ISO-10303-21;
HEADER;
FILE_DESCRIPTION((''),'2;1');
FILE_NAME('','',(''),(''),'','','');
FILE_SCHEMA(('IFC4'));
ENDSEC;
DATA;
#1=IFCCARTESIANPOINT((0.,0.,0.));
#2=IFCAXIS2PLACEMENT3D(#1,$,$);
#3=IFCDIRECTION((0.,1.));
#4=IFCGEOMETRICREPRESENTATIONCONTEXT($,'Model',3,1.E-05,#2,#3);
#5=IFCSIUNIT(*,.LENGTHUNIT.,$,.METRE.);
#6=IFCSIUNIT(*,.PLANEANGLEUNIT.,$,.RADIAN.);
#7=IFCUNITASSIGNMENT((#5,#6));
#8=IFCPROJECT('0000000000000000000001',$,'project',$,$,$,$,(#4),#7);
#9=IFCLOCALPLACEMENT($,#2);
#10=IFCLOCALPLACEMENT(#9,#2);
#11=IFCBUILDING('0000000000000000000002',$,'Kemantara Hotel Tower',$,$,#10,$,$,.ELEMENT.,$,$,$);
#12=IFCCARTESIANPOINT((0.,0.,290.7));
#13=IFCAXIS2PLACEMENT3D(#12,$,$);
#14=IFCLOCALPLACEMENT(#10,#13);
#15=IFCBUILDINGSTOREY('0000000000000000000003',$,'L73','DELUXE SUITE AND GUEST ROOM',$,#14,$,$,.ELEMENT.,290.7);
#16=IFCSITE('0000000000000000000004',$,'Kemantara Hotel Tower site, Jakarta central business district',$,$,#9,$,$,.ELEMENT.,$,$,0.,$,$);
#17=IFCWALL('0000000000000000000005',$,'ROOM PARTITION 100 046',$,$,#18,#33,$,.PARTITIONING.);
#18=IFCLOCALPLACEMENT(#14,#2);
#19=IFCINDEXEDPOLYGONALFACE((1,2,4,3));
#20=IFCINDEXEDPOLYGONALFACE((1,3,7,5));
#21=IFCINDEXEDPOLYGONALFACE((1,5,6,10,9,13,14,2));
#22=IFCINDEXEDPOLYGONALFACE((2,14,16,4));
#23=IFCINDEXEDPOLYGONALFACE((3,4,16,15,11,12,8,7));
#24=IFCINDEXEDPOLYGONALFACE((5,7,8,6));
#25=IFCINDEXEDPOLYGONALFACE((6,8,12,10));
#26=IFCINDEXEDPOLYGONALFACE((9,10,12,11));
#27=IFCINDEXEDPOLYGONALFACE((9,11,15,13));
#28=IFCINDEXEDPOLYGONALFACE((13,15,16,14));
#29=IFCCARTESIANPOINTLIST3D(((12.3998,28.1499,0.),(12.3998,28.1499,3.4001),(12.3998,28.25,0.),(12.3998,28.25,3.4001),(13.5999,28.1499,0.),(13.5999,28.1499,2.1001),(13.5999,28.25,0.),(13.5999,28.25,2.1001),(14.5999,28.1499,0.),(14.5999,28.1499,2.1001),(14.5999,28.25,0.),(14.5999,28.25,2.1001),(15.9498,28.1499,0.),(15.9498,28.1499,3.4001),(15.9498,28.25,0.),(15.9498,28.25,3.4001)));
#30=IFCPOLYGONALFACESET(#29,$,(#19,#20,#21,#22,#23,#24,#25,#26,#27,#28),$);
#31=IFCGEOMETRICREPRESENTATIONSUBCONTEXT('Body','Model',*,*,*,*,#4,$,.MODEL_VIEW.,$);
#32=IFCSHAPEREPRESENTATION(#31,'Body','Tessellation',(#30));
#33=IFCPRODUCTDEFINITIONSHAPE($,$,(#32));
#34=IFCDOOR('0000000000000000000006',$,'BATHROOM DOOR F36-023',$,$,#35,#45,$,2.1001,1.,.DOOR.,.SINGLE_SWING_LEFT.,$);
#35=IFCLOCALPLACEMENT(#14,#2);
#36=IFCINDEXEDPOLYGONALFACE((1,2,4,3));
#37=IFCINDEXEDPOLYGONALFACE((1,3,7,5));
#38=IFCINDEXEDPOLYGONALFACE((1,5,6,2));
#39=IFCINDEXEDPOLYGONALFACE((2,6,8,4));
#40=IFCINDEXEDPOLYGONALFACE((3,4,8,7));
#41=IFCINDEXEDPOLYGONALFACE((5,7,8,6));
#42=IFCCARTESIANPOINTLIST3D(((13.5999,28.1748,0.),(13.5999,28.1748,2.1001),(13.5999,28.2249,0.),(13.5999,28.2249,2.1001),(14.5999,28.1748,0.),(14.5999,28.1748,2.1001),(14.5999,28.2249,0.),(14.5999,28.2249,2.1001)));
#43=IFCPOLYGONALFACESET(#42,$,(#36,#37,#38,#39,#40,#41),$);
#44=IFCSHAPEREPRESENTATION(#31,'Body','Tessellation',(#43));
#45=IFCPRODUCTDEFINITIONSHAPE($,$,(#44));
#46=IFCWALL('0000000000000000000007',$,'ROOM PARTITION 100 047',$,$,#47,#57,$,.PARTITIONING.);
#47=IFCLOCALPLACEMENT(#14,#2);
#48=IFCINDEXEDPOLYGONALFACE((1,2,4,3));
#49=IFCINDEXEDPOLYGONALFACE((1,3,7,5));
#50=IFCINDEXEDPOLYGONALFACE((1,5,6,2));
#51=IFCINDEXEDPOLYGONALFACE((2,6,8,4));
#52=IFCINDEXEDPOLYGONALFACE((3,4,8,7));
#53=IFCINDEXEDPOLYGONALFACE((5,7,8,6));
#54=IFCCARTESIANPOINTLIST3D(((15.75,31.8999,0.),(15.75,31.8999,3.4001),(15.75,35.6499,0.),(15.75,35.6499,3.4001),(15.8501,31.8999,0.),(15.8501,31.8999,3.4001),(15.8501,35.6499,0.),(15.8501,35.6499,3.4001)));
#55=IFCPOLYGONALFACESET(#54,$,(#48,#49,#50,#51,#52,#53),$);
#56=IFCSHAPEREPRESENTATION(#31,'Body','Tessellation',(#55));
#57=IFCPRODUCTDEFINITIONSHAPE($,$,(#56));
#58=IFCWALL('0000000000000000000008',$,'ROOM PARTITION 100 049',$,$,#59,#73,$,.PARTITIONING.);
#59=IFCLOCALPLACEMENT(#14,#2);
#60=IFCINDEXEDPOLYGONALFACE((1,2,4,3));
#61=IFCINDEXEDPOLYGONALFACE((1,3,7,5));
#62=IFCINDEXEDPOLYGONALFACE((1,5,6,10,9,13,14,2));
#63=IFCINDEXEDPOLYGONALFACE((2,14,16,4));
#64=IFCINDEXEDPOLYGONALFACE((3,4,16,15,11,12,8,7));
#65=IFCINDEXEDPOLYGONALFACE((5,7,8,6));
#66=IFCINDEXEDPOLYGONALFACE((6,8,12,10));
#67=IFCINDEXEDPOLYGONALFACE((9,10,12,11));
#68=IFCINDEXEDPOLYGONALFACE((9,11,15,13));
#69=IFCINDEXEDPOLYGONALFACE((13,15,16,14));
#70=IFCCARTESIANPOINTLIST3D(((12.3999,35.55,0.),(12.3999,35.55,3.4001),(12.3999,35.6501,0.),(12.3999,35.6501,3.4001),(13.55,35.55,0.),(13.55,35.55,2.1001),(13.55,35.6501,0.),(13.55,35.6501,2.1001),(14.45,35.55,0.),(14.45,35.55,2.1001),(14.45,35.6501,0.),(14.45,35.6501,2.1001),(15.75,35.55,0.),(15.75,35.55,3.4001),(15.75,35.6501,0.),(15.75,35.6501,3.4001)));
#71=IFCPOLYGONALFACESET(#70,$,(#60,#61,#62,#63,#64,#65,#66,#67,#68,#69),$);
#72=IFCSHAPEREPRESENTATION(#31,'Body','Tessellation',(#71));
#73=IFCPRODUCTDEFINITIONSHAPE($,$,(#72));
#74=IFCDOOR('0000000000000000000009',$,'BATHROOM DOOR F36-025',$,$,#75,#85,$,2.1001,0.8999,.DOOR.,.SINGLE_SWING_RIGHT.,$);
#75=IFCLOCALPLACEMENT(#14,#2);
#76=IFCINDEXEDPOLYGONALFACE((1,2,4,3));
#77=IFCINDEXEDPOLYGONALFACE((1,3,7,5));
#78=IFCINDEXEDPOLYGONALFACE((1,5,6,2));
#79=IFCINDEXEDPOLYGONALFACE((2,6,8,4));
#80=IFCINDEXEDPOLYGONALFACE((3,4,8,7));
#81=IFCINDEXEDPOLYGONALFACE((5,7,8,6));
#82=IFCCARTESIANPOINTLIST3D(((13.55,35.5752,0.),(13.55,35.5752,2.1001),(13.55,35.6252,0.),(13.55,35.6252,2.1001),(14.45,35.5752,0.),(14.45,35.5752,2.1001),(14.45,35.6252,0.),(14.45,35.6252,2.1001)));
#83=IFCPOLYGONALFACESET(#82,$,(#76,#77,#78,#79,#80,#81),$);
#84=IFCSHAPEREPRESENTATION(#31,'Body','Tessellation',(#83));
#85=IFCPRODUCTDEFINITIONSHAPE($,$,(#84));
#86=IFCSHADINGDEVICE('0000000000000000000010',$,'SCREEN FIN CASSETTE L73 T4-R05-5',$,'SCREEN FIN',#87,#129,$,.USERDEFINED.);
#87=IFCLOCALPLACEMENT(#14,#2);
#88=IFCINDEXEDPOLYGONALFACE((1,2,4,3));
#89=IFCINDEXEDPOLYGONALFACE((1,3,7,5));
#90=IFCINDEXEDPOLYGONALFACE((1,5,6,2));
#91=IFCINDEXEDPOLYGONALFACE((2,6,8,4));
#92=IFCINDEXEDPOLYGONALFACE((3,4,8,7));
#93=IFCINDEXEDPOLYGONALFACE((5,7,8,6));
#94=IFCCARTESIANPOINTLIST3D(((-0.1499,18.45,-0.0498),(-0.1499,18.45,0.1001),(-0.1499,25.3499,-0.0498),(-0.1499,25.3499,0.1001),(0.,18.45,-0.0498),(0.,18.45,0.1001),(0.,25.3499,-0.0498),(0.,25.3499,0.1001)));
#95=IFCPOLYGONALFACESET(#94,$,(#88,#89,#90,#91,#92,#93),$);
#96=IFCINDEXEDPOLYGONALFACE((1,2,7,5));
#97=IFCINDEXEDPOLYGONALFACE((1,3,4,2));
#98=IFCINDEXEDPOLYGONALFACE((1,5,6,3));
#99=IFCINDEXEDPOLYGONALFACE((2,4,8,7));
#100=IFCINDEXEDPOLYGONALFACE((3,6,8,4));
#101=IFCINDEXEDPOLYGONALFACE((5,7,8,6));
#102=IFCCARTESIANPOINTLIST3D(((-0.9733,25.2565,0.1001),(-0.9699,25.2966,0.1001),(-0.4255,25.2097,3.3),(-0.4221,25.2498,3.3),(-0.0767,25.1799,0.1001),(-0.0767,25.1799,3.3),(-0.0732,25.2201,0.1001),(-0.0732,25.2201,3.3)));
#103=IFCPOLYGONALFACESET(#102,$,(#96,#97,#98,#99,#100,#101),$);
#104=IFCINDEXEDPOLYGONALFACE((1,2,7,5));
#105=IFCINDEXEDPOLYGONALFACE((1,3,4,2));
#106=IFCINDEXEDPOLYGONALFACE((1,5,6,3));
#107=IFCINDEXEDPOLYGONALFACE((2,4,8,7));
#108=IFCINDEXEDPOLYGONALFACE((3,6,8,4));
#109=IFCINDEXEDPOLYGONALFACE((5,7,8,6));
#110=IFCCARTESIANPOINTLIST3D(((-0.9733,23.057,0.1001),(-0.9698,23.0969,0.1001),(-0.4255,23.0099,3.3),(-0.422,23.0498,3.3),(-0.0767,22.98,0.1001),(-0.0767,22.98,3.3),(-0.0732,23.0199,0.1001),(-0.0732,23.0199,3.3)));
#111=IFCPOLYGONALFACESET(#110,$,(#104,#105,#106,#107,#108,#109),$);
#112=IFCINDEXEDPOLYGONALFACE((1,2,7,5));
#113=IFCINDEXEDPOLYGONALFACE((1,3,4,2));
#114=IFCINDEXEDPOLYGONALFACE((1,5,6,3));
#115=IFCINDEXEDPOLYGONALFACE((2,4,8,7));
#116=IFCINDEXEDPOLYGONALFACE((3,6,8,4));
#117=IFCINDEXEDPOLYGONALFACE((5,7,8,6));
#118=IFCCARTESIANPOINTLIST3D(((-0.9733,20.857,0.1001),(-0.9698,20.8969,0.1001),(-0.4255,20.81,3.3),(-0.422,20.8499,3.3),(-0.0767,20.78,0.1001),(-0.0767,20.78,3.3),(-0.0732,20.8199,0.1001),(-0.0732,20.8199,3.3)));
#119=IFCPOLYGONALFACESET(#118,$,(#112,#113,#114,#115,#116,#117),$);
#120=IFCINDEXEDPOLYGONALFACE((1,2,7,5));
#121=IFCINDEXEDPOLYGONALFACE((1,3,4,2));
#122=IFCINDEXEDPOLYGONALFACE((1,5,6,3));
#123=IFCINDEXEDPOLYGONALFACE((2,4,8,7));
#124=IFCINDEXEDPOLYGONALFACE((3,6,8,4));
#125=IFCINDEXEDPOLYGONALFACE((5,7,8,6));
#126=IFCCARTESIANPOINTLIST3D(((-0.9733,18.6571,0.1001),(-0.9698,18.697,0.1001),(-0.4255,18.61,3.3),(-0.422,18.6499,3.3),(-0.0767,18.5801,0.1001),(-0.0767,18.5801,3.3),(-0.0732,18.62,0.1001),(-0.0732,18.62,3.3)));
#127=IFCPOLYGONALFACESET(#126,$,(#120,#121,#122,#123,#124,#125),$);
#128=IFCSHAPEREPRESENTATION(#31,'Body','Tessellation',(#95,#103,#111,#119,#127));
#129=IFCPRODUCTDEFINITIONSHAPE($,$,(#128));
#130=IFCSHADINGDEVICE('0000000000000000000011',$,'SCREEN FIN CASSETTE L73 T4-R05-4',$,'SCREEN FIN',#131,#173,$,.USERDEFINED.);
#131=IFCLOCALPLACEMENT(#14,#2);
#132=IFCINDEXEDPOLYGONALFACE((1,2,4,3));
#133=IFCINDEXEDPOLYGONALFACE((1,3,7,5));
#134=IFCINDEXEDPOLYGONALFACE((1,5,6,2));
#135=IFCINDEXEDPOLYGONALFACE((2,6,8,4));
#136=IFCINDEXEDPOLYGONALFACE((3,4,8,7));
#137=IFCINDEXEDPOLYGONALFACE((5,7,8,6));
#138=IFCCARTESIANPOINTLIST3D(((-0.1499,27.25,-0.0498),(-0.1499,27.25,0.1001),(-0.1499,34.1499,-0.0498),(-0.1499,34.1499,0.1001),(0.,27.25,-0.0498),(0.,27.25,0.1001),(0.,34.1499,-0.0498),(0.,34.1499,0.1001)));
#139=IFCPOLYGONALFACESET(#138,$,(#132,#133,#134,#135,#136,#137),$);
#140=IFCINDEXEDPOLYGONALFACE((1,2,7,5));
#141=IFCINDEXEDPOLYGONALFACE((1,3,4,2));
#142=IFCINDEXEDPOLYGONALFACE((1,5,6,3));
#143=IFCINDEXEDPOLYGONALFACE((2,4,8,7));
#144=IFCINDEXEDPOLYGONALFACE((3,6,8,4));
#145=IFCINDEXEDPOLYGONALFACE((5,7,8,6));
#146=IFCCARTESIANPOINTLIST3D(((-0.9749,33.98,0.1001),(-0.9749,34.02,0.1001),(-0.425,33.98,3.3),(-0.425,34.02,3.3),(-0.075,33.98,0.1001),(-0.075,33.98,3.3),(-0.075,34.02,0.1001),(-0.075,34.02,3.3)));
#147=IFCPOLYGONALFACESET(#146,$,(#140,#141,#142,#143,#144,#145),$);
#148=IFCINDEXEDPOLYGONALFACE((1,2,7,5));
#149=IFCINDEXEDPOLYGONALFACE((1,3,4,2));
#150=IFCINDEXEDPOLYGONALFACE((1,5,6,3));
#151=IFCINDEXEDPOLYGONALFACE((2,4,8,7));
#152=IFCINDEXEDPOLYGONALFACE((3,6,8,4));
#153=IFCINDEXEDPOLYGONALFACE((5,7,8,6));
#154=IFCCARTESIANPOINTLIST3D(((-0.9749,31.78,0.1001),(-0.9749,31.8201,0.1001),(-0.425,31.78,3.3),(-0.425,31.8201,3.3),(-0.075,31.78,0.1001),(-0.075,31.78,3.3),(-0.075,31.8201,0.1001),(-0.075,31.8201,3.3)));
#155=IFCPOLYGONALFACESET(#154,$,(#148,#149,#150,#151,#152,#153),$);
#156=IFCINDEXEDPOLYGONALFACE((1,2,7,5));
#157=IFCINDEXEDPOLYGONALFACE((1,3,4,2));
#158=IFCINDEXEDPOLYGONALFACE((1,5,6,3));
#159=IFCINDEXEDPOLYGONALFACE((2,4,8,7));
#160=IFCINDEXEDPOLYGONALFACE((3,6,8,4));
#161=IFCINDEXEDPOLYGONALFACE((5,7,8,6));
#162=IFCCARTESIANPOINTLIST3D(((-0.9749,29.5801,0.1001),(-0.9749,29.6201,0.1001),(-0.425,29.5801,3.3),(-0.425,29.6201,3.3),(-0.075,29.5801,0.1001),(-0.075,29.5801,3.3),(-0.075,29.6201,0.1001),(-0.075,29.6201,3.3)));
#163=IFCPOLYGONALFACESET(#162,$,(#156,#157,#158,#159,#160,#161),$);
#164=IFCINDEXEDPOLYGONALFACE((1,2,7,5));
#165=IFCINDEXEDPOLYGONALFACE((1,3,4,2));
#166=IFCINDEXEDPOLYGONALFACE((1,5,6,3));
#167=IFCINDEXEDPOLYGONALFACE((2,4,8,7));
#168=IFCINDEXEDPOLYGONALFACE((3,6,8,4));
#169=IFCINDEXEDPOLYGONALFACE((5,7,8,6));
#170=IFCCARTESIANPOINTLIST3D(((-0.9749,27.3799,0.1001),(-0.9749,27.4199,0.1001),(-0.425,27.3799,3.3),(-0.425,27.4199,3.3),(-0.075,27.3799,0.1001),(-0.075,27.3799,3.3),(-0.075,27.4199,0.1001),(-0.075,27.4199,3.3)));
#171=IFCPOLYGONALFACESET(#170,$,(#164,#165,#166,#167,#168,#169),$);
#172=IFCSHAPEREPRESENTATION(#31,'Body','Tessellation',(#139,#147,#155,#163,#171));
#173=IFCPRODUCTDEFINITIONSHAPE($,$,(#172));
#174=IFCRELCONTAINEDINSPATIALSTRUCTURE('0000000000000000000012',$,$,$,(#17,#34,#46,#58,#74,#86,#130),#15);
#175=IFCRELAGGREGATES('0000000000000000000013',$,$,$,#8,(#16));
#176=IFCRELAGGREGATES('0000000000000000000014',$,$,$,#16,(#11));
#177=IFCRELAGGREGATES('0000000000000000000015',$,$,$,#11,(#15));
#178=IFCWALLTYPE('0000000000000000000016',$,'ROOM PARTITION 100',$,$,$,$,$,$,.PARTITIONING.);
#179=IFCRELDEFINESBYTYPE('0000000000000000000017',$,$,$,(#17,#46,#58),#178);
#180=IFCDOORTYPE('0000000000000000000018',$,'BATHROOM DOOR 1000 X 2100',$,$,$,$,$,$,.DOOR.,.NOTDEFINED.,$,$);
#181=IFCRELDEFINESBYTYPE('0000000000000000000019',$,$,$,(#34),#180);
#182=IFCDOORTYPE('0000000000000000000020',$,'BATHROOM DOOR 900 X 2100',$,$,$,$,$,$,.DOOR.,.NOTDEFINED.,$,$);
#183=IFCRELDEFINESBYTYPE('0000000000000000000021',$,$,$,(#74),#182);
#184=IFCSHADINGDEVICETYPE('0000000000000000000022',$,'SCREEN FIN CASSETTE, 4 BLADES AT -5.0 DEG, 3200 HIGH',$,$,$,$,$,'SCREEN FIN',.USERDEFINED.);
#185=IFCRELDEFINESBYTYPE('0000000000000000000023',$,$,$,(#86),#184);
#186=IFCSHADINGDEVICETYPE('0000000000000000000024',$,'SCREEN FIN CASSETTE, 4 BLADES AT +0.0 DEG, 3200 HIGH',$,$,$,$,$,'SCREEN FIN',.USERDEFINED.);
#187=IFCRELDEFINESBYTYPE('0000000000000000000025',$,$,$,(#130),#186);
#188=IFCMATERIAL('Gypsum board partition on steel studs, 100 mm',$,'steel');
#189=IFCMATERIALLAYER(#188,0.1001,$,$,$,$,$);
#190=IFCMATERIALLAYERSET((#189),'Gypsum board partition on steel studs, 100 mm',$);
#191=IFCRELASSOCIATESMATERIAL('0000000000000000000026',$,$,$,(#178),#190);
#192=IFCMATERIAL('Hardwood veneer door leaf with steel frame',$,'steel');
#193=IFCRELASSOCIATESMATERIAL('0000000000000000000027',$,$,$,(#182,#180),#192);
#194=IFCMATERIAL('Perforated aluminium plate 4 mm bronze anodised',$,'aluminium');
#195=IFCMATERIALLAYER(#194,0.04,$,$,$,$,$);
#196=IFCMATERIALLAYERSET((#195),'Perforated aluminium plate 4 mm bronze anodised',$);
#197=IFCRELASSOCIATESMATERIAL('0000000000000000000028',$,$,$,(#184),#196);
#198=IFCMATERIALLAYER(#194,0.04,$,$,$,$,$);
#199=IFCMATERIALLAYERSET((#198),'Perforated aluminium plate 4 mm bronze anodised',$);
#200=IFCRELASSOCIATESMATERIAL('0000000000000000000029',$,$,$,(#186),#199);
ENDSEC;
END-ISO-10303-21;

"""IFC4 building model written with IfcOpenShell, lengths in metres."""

from ifc_helpers import new_model, si_unit, direction, frame, frame_2d, origin, origin_2d, place, context, subcontext, project, spatial, polyline, rectangle, outline, extrude, source, transform, mapped, material, layer, layer_set, type_object, element, fill, save


model = new_model("IFC4")

# Units and contexts
model_context = context("Model", 3, precision=1e-05, world=origin(), true_north=direction((0.0, 1.0)))
body_context = subcontext(model_context, "Body", "Model", "MODEL_VIEW")
ifc_project = project(units=[si_unit("LENGTHUNIT", "METRE"), si_unit("PLANEANGLEUNIT", "RADIAN")], contexts=[model_context])

# Site, building, storey
site_placement = place(None, origin())
site = spatial("IfcSite", under=ifc_project, at=site_placement, Name="Kemantara Hotel Tower site, Jakarta central business district", CompositionType="ELEMENT", RefElevation=0.0)
building_placement = place(site_placement, origin())
building = spatial("IfcBuilding", under=site, at=building_placement, Name="Kemantara Hotel Tower", CompositionType="ELEMENT")
storey_placement = place(building_placement, frame((0.0, 0.0, 290.7)))
storey = spatial("IfcBuildingStorey", under=building, at=storey_placement, Name="L73", Description="DELUXE SUITE AND GUEST ROOM", CompositionType="ELEMENT", Elevation=290.7)

# Shared definitions
ifc_material_1 = material(Name="Hardwood veneer door leaf with steel frame", Category="steel")

# Shared definitions
ifc_material_2 = material(Name="Gypsum board partition on steel studs, 100 mm", Category="steel")
ifc_layer_1 = layer(ifc_material_2, 0.1001)
ifc_layer_set_1 = layer_set([ifc_layer_1], Name="Gypsum board partition on steel studs, 100 mm")
wall_type_1 = type_object("IfcWallType", Name="ROOM PARTITION 100", PredefinedType="PARTITIONING", material=ifc_layer_set_1)
door_type_1 = type_object("IfcDoorType", Name="BATHROOM DOOR 900 X 2100", OperationType="NOTDEFINED", PredefinedType="DOOR", material=ifc_material_1)

# Wall, opening, door
wall_1_placement = place(storey_placement, frame((12.3999, 28.2, 0.0), z_axis=(0.0, 0.0, 1.0), x_axis=(1.0, 0.0, 0.0)))
wall_1 = element("IfcWall", 1, at=wall_1_placement, inside=storey, type_object=wall_type_1, Name="ROOM PARTITION 100 046", PredefinedType="PARTITIONING", context=body_context, shape_type="SweptSolid", body=[
    extrude(rectangle(XDim=3.55, YDim=0.1001, at=frame_2d((1.7749, 0.0))), origin(), (0.0, 0.0, 1.0), 3.4001),
])
opening_1_placement = place(wall_1_placement, frame((1.2, 0.0, 0.0)))
opening_1 = element("IfcOpeningElement", 2, at=opening_1_placement, cuts=wall_1, PredefinedType="OPENING", context=body_context, shape_type="SweptSolid", body=[
    extrude(rectangle(XDim=1.0, YDim=2.1001, at=frame_2d((0.5, 1.05))), frame((0.0, 0.0601, 0.0), z_axis=(0.0, -1.0, 0.0), x_axis=(1.0, 0.0, 0.0)), (0.0, 0.0, 1.0), 0.1201),
])
door_type_2 = type_object("IfcDoorType", Name="BATHROOM DOOR 1000 X 2100", OperationType="NOTDEFINED", PredefinedType="DOOR", material=ifc_material_1)
door_1_placement = place(opening_1_placement, origin())
door_1 = element("IfcDoor", 3, at=door_1_placement, inside=storey, type_object=door_type_2, Name="BATHROOM DOOR F36-023", OperationType="SINGLE_SWING_LEFT", OverallHeight=2.1001, OverallWidth=1.0, PredefinedType="DOOR", context=body_context, shape_type="SweptSolid", body=[
    extrude(rectangle(XDim=1.0, YDim=2.1001, at=frame_2d((0.5, 1.05))), frame((0.0, 0.0249, 0.0), z_axis=(0.0, -1.0, 0.0), x_axis=(1.0, 0.0, 0.0)), (0.0, 0.0, 1.0), 0.05),
])
fill(opening_1, door_1)

# Wall
wall_2_placement = place(storey_placement, frame((15.8, 31.8999, 0.0), z_axis=(0.0, 0.0, 1.0), x_axis=(0.0, 1.0, 0.0)))
element("IfcWall", 4, at=wall_2_placement, inside=storey, type_object=wall_type_1, Name="ROOM PARTITION 100 047", PredefinedType="PARTITIONING", context=body_context, shape_type="SweptSolid", body=[
    extrude(rectangle(XDim=3.75, YDim=0.1001, at=frame_2d((1.875, 0.0))), origin(), (0.0, 0.0, 1.0), 3.4001),
])

# Wall, opening, door
wall_3_placement = place(storey_placement, frame((15.75, 35.6001, 0.0), z_axis=(0.0, 0.0, 1.0), x_axis=(-1.0, 0.0, 0.0)))
wall_3 = element("IfcWall", 5, at=wall_3_placement, inside=storey, type_object=wall_type_1, Name="ROOM PARTITION 100 049", PredefinedType="PARTITIONING", context=body_context, shape_type="SweptSolid", body=[
    extrude(rectangle(XDim=3.3501, YDim=0.1001, at=frame_2d((1.675, 0.0))), origin(), (0.0, 0.0, 1.0), 3.4001),
])
opening_2_placement = place(wall_3_placement, frame((1.3, 0.0, 0.0)))
opening_2 = element("IfcOpeningElement", 6, at=opening_2_placement, cuts=wall_3, PredefinedType="OPENING", context=body_context, shape_type="SweptSolid", body=[
    extrude(rectangle(XDim=0.8999, YDim=2.1001, at=frame_2d((0.45, 1.05))), frame((0.0, 0.0601, 0.0), z_axis=(0.0, -1.0, 0.0), x_axis=(1.0, 0.0, 0.0)), (0.0, 0.0, 1.0), 0.1201),
])
door_2_placement = place(opening_2_placement, origin())
door_2 = element("IfcDoor", 7, at=door_2_placement, inside=storey, type_object=door_type_1, Name="BATHROOM DOOR F36-025", OperationType="SINGLE_SWING_RIGHT", OverallHeight=2.1001, OverallWidth=0.8999, PredefinedType="DOOR", context=body_context, shape_type="SweptSolid", body=[
    extrude(rectangle(XDim=0.8999, YDim=2.1001, at=frame_2d((0.45, 1.05))), frame((0.0, 0.0249, 0.0), z_axis=(0.0, -1.0, 0.0), x_axis=(1.0, 0.0, 0.0)), (0.0, 0.0, 1.0), 0.05),
])
fill(opening_2, door_2)

# Shading devices
ifc_material_3 = material(Name="Perforated aluminium plate 4 mm bronze anodised", Category="aluminium")
ifc_layer_2 = layer(ifc_material_3, 0.04)
ifc_layer_set_2 = layer_set([ifc_layer_2], Name="Perforated aluminium plate 4 mm bronze anodised")
shading_device_type_1 = type_object("IfcShadingDeviceType", Name="SCREEN FIN CASSETTE, 4 BLADES AT -5.0 DEG, 3200 HIGH", ElementType="SCREEN FIN", PredefinedType="USERDEFINED", material=ifc_layer_set_2)
shared_shape_1 = source(origin(), body_context, "Body", "SweptSolid", [
    extrude(rectangle(XDim=6.8999, YDim=0.1499, at=origin_2d()), frame((3.3, -0.075, -0.1499), z_axis=(0.0, 0.0, 1.0), x_axis=(1.0, 0.0, 0.0)), (0.0, 0.0, 1.0), 0.1499),
    extrude(outline(polyline([(0.0, 0.0), (0.8999, 0.0), (0.3501, 3.2), (0.0, 3.2), (0.0, 0.0)])), frame((0.02, -0.0767, 0.0), z_axis=(-0.996376, 0.085056, 0.0), x_axis=(-0.085056, -0.996376, 0.0)), (0.0, 0.0, 1.0), 0.0403),
    extrude(outline(polyline([(0.0, 0.0), (0.8999, 0.0), (0.3501, 3.2), (0.0, 3.2), (0.0, 0.0)])), frame((2.22, -0.0767, 0.0), z_axis=(-0.996332, 0.085575, 0.0), x_axis=(-0.085575, -0.996332, 0.0)), (0.0, 0.0, 1.0), 0.04),
    extrude(outline(polyline([(0.0, 0.0), (0.8999, 0.0), (0.3501, 3.2), (0.0, 3.2), (0.0, 0.0)])), frame((4.4199, -0.0767, 0.0), z_axis=(-0.996332, 0.085575, 0.0), x_axis=(-0.085575, -0.996332, 0.0)), (0.0, 0.0, 1.0), 0.04),
    extrude(outline(polyline([(0.0, 0.0), (0.8999, 0.0), (0.3501, 3.2), (0.0, 3.2), (0.0, 0.0)])), frame((6.6199, -0.0767, 0.0), z_axis=(-0.996332, 0.085575, 0.0), x_axis=(-0.085575, -0.996332, 0.0)), (0.0, 0.0, 1.0), 0.04),
])
shading_device_1_placement = place(storey_placement, frame((0.0, 25.2, 0.1001), z_axis=(0.0, 0.0, 1.0), x_axis=(0.0, -1.0, 0.0)))
element("IfcShadingDevice", 8, at=shading_device_1_placement, inside=storey, type_object=shading_device_type_1, Name="SCREEN FIN CASSETTE L73 T4-R05-5", ObjectType="SCREEN FIN", PredefinedType="USERDEFINED", context=body_context, shape_type="MappedRepresentation", body=[
    mapped(shared_shape_1, transform((0.0, 0.0, 0.0))),
])
ifc_layer_3 = layer(ifc_material_3, 0.04)
ifc_layer_set_3 = layer_set([ifc_layer_3], Name="Perforated aluminium plate 4 mm bronze anodised")
shading_device_type_2 = type_object("IfcShadingDeviceType", Name="SCREEN FIN CASSETTE, 4 BLADES AT +0.0 DEG, 3200 HIGH", ElementType="SCREEN FIN", PredefinedType="USERDEFINED", material=ifc_layer_set_3)
shared_shape_2 = source(origin(), body_context, "Body", "SweptSolid", [
    extrude(rectangle(XDim=6.8999, YDim=0.1499, at=origin_2d()), frame((3.3, -0.075, -0.1499), z_axis=(0.0, 0.0, 1.0), x_axis=(1.0, 0.0, 0.0)), (0.0, 0.0, 1.0), 0.1499),
    extrude(outline(polyline([(0.0, 0.0), (0.8999, 0.0), (0.3501, 3.2), (0.0, 3.2), (0.0, 0.0)])), frame((0.02, -0.075, 0.0), z_axis=(-1.0, 0.0, 0.0), x_axis=(0.0, -1.0, 0.0)), (0.0, 0.0, 1.0), 0.04),
    extrude(outline(polyline([(0.0, 0.0), (0.8999, 0.0), (0.3501, 3.2), (0.0, 3.2), (0.0, 0.0)])), frame((2.22, -0.075, 0.0), z_axis=(-1.0, 0.0, 0.0), x_axis=(0.0, -1.0, 0.0)), (0.0, 0.0, 1.0), 0.04),
    extrude(outline(polyline([(0.0, 0.0), (0.8999, 0.0), (0.3501, 3.2), (0.0, 3.2), (0.0, 0.0)])), frame((4.4199, -0.075, 0.0), z_axis=(-1.0, 0.0, 0.0), x_axis=(0.0, -1.0, 0.0)), (0.0, 0.0, 1.0), 0.04),
    extrude(outline(polyline([(0.0, 0.0), (0.8999, 0.0), (0.3501, 3.2), (0.0, 3.2), (0.0, 0.0)])), frame((6.6201, -0.075, 0.0), z_axis=(-1.0, 0.0, 0.0), x_axis=(0.0, -1.0, 0.0)), (0.0, 0.0, 1.0), 0.04),
])
shading_device_2_placement = place(storey_placement, frame((0.0, 34.0, 0.1001), z_axis=(0.0, 0.0, 1.0), x_axis=(0.0, -1.0, 0.0)))
element("IfcShadingDevice", 9, at=shading_device_2_placement, inside=storey, type_object=shading_device_type_2, Name="SCREEN FIN CASSETTE L73 T4-R05-4", ObjectType="SCREEN FIN", PredefinedType="USERDEFINED", context=body_context, shape_type="MappedRepresentation", body=[
    mapped(shared_shape_2, transform((0.0, 0.0, 0.0))),
])

save(model, "model.ifc")
